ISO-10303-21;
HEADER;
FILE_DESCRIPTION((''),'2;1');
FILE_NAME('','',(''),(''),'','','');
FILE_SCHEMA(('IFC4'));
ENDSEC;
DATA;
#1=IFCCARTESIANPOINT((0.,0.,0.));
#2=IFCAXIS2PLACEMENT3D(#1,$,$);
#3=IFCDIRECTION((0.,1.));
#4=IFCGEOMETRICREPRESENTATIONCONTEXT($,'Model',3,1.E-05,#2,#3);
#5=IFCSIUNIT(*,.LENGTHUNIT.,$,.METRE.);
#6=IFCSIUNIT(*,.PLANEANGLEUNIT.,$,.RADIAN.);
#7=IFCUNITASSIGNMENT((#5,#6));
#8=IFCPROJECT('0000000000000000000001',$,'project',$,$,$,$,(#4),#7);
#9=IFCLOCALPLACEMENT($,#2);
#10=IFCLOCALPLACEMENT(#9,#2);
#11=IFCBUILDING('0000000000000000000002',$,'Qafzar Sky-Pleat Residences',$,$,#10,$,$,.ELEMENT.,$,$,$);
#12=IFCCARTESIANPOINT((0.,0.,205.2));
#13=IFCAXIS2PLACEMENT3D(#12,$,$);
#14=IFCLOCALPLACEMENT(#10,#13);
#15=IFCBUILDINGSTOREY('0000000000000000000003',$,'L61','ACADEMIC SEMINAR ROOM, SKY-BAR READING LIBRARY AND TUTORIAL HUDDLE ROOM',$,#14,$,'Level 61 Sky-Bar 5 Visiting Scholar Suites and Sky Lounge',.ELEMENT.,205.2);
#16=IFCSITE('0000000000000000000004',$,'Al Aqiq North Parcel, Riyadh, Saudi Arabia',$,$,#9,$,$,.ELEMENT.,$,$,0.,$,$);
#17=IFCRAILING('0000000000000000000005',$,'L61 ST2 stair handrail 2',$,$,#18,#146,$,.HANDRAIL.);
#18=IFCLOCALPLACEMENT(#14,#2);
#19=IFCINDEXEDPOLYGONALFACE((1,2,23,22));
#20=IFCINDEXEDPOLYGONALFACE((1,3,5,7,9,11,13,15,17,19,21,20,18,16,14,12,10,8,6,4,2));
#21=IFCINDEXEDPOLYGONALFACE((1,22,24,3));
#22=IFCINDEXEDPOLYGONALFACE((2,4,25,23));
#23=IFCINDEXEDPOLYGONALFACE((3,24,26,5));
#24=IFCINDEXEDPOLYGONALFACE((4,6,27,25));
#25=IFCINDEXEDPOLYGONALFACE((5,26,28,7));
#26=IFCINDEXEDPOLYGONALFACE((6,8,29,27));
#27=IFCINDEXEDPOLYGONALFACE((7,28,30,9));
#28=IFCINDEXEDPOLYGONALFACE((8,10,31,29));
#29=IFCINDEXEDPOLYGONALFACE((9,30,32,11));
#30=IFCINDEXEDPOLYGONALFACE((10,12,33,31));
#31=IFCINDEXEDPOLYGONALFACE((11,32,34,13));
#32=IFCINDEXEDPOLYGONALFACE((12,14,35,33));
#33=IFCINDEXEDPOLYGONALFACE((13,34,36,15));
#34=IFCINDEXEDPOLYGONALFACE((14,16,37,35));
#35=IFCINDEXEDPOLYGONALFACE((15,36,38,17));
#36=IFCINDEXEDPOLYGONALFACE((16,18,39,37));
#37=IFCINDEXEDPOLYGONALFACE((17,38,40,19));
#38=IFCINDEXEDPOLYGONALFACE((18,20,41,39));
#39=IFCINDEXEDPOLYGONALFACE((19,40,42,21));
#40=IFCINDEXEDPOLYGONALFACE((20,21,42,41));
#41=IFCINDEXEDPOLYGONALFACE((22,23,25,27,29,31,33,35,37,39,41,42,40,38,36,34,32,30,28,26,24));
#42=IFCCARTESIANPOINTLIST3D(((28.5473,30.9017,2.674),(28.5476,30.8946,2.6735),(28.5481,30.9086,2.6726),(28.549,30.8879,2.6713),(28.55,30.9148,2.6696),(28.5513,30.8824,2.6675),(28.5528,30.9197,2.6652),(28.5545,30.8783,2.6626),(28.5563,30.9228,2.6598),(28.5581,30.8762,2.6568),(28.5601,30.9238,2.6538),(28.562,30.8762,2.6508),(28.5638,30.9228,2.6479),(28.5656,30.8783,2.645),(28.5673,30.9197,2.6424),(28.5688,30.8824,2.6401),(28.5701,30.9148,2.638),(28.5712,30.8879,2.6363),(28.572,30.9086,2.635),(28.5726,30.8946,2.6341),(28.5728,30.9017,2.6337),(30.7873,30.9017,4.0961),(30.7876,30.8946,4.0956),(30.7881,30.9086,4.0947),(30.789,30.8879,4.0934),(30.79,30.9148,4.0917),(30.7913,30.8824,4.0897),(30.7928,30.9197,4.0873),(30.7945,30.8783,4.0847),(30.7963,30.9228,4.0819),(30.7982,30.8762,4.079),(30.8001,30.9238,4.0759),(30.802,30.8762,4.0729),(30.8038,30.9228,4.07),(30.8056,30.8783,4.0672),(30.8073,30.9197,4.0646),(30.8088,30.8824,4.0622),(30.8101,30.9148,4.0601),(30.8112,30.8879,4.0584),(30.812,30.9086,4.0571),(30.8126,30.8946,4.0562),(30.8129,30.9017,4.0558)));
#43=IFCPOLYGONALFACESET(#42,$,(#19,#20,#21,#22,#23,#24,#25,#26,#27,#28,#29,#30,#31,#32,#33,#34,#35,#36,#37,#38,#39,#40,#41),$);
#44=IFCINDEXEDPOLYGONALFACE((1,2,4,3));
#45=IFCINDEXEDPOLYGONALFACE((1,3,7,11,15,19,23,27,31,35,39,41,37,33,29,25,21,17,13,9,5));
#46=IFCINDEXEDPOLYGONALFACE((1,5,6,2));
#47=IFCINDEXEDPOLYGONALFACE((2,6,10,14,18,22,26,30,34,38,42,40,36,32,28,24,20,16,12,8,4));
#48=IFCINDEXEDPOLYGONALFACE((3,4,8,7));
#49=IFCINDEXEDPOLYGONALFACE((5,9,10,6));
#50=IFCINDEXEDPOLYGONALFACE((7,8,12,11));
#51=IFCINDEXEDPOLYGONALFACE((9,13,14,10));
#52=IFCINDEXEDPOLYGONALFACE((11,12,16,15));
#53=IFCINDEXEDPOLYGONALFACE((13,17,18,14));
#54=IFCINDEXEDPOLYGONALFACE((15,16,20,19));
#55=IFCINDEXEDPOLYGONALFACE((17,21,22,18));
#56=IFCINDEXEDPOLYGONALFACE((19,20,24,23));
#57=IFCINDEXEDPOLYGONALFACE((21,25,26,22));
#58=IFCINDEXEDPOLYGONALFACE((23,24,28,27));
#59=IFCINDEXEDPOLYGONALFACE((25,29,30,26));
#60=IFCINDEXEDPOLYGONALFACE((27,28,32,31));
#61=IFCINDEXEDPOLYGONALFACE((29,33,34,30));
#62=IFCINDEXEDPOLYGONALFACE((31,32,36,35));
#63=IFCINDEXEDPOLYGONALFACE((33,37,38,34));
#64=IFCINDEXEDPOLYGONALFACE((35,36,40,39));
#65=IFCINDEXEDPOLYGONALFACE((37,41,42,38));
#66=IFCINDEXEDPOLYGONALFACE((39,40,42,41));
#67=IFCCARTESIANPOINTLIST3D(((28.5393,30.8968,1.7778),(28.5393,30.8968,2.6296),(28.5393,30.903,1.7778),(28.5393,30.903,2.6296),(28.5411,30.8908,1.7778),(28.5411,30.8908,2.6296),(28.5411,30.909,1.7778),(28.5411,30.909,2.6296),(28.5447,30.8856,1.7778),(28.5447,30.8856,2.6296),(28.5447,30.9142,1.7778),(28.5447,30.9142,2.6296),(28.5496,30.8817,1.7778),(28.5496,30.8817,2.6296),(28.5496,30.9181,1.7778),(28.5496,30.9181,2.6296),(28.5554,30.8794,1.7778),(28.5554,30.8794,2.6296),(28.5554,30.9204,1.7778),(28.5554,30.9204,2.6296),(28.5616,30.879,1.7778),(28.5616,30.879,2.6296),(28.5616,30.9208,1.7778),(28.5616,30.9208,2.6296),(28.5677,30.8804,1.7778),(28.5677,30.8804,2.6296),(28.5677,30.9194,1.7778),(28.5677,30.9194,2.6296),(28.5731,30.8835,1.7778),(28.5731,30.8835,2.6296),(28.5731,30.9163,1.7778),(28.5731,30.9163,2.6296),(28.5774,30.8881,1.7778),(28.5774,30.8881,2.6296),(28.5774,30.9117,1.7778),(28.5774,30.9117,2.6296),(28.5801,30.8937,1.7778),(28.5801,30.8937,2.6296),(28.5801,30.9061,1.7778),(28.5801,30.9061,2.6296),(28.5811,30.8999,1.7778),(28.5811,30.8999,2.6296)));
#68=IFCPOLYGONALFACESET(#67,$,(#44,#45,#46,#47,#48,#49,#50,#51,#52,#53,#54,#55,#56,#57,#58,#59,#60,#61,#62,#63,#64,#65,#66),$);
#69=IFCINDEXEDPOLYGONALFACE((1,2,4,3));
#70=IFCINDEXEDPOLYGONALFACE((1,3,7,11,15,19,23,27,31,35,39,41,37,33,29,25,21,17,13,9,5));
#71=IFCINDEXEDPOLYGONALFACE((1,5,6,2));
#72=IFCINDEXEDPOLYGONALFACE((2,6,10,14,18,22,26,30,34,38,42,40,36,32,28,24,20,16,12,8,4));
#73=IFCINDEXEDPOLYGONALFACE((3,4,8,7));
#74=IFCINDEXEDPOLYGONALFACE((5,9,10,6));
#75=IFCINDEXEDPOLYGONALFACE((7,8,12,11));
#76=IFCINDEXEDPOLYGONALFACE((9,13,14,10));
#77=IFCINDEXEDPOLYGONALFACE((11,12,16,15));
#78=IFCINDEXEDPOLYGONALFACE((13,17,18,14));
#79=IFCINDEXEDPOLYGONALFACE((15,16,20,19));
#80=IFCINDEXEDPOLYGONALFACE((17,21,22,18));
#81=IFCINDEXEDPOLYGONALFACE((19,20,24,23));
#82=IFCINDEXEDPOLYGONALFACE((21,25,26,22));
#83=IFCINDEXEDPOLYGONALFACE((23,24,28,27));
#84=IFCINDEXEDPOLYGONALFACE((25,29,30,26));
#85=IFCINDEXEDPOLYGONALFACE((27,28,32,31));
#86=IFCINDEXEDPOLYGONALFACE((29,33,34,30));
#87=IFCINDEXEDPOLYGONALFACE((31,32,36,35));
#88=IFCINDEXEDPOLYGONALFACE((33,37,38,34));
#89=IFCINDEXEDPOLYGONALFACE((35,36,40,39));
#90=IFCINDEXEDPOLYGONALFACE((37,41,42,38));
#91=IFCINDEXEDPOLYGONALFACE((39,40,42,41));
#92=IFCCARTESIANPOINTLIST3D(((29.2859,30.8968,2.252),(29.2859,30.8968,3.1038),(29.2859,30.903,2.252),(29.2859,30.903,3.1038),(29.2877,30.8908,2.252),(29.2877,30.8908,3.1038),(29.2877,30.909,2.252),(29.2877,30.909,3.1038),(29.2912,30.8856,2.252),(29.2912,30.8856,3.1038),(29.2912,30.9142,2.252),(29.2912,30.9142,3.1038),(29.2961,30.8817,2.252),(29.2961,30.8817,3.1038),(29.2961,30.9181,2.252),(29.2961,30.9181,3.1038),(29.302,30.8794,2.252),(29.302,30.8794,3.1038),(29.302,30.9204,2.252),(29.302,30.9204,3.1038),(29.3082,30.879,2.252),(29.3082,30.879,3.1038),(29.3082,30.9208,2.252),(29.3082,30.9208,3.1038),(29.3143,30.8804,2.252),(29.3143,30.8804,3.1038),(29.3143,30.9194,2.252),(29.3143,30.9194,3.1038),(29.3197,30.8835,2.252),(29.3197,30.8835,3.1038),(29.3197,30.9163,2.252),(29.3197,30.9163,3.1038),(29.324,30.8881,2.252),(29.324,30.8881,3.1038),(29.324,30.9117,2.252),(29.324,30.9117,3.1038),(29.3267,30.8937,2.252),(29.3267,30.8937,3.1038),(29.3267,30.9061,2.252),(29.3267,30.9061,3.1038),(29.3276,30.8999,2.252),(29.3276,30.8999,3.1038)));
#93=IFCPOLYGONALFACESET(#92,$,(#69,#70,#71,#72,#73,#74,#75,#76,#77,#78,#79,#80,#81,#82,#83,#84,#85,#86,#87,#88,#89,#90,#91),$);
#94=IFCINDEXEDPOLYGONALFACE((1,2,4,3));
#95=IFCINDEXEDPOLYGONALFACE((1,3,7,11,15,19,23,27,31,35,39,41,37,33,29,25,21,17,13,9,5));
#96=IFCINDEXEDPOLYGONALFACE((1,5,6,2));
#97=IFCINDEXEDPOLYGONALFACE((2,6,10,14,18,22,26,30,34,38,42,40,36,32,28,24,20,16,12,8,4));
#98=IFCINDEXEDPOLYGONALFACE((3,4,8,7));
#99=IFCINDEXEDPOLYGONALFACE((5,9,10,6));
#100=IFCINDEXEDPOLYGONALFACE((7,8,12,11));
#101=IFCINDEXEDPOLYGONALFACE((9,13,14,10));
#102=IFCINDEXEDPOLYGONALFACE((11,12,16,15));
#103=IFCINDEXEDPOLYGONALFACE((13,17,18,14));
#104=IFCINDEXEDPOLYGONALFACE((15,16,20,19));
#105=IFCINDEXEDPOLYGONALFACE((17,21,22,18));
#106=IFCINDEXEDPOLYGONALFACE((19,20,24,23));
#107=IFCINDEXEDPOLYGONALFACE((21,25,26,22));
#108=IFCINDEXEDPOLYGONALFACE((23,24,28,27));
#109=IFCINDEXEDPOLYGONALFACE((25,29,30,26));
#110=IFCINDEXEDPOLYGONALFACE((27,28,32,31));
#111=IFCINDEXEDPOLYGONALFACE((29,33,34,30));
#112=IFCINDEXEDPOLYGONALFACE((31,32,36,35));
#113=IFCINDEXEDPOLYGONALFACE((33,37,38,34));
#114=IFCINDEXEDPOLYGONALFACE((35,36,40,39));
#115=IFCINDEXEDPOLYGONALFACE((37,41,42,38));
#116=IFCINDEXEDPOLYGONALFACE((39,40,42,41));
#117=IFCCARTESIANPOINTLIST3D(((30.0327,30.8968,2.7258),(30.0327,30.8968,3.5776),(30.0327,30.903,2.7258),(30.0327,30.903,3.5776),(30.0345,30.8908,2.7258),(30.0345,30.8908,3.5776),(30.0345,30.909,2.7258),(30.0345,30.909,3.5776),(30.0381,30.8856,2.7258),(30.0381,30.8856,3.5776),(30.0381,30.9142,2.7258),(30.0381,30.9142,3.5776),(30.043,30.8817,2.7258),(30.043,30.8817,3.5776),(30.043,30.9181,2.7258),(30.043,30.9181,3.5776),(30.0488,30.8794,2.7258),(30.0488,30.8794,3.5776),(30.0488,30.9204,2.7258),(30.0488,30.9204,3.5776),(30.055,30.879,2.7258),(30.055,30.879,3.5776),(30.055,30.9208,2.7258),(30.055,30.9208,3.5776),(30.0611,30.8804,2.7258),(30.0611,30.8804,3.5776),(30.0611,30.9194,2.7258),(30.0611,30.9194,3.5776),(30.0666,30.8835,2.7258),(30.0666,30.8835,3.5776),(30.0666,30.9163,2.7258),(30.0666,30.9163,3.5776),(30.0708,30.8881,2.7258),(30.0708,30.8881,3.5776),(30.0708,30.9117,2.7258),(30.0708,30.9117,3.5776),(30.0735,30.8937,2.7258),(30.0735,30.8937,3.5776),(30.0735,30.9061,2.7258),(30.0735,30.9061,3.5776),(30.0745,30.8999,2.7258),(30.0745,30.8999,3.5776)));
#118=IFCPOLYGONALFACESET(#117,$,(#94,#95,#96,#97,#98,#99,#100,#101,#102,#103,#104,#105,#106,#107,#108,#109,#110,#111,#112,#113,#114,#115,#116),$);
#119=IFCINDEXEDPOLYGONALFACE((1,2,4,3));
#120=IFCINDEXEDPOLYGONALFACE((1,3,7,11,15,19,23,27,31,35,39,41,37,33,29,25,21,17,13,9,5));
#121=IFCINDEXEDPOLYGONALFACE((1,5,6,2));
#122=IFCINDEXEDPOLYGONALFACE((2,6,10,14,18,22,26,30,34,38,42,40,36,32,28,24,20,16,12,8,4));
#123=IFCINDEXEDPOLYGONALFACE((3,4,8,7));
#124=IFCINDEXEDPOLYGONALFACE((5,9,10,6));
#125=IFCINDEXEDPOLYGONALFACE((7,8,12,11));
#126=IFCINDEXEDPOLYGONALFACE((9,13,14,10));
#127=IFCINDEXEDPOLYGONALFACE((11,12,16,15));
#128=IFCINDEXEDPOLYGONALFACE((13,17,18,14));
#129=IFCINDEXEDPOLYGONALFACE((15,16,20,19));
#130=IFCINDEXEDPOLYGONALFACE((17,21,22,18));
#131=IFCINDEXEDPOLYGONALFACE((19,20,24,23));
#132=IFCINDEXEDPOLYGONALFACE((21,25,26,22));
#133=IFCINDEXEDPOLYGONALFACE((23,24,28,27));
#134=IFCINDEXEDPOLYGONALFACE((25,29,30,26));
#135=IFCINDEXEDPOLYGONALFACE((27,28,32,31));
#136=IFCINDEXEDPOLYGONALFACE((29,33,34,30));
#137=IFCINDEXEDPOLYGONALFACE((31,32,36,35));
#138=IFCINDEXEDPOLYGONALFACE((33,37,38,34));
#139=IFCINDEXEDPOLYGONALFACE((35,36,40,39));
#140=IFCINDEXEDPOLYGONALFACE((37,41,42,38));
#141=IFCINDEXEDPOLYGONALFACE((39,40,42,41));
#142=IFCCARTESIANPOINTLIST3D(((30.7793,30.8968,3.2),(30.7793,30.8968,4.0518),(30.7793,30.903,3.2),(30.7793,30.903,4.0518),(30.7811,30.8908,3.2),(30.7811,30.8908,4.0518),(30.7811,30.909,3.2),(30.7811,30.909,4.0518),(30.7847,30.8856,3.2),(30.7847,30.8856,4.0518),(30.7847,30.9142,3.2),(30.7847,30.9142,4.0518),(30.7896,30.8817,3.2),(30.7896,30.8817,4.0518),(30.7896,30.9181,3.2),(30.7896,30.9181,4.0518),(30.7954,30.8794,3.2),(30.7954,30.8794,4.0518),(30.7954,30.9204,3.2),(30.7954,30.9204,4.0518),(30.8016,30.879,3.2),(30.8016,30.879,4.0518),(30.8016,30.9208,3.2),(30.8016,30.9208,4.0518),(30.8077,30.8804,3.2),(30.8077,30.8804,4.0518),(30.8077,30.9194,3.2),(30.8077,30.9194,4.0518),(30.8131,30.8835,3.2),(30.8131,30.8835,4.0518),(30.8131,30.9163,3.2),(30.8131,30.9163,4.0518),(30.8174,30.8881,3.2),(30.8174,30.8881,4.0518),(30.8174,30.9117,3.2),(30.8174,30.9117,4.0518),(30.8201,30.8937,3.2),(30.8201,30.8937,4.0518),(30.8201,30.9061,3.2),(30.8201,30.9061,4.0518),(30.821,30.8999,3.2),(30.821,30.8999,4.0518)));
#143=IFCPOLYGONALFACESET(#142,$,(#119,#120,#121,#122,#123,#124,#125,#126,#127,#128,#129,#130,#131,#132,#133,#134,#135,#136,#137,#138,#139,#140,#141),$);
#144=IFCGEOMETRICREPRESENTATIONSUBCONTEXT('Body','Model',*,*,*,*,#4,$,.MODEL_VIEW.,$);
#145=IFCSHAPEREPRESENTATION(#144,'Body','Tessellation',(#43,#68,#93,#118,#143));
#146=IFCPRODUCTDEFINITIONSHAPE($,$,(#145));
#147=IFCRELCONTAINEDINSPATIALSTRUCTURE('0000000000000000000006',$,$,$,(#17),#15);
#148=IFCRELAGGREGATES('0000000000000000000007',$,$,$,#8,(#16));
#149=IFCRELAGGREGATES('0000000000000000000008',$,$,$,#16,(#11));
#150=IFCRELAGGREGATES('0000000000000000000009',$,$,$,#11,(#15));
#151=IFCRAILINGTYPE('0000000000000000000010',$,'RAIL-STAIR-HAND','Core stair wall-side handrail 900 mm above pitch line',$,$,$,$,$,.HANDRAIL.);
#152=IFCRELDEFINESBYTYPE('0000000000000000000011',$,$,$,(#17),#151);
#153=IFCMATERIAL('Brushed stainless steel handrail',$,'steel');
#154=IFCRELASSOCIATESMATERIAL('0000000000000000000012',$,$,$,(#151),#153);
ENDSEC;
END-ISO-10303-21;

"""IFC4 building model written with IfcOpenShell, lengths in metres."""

from ifc_helpers import new_model, si_unit, direction, frame, origin, origin_2d, place, context, subcontext, project, spatial, circle, extrude, source, transform, mapped, material, type_object, element, save


model = new_model("IFC4")

# Units and contexts
model_context = context("Model", 3, precision=1e-05, world=origin(), true_north=direction((0.0, 1.0)))
body_context = subcontext(model_context, "Body", "Model", "MODEL_VIEW")
ifc_project = project(units=[si_unit("LENGTHUNIT", "METRE"), si_unit("PLANEANGLEUNIT", "RADIAN")], contexts=[model_context])

# Site, building, storey
site_placement = place(None, origin())
site = spatial("IfcSite", under=ifc_project, at=site_placement, Name="Al Aqiq North Parcel, Riyadh, Saudi Arabia", CompositionType="ELEMENT", RefElevation=0.0)
building_placement = place(site_placement, origin())
building = spatial("IfcBuilding", under=site, at=building_placement, Name="Qafzar Sky-Pleat Residences", CompositionType="ELEMENT")
storey_placement = place(building_placement, frame((0.0, 0.0, 205.2)))
storey = spatial("IfcBuildingStorey", under=building, at=storey_placement, Name="L61", Description="ACADEMIC SEMINAR ROOM, SKY-BAR READING LIBRARY AND TUTORIAL HUDDLE ROOM", LongName="Level 61 Sky-Bar 5 Visiting Scholar Suites and Sky Lounge", CompositionType="ELEMENT", Elevation=205.2)

# Railing
ifc_material_1 = material(Name="Brushed stainless steel handrail", Category="steel")
railing_type_1 = type_object("IfcRailingType", Name="RAIL-STAIR-HAND", Description="Core stair wall-side handrail 900 mm above pitch line", PredefinedType="HANDRAIL", material=ifc_material_1)
shared_shape_1 = source(origin(), body_context, "Body", "SweptSolid", [
    extrude(circle(Radius=0.0239, at=origin_2d()), frame((0.0, 0.0, 0.876), z_axis=(0.844229, 0.0, 0.535982), x_axis=(0.0, 1.0, 0.0)), (0.0, 0.0, 1.0), 2.6533),
    extrude(circle(Radius=0.021, at=origin_2d()), origin(), (0.0, 0.0, 1.0), 0.8518),
    extrude(circle(Radius=0.021, at=origin_2d()), frame((0.7466, 0.0, 0.4741)), (0.0, 0.0, 1.0), 0.8518),
    extrude(circle(Radius=0.021, at=origin_2d()), frame((1.4934, 0.0, 0.948)), (0.0, 0.0, 1.0), 0.8518),
    extrude(circle(Radius=0.021, at=origin_2d()), frame((2.24, 0.0, 1.4221)), (0.0, 0.0, 1.0), 0.8518),
])
railing_1_placement = place(storey_placement, frame((28.5601, 30.8999, 1.7778)))
element("IfcRailing", 1, at=railing_1_placement, inside=storey, type_object=railing_type_1, Name="L61 ST2 stair handrail 2", PredefinedType="HANDRAIL", context=body_context, shape_type="MappedRepresentation", body=[
    mapped(shared_shape_1, transform((0.0, 0.0, 0.0), x_axis=(1.0, 0.0, 0.0), y_axis=(0.0, 1.0, 0.0), z_axis=(0.0, 0.0, 1.0), scale=1.0)),
])

save(model, "model.ifc")
